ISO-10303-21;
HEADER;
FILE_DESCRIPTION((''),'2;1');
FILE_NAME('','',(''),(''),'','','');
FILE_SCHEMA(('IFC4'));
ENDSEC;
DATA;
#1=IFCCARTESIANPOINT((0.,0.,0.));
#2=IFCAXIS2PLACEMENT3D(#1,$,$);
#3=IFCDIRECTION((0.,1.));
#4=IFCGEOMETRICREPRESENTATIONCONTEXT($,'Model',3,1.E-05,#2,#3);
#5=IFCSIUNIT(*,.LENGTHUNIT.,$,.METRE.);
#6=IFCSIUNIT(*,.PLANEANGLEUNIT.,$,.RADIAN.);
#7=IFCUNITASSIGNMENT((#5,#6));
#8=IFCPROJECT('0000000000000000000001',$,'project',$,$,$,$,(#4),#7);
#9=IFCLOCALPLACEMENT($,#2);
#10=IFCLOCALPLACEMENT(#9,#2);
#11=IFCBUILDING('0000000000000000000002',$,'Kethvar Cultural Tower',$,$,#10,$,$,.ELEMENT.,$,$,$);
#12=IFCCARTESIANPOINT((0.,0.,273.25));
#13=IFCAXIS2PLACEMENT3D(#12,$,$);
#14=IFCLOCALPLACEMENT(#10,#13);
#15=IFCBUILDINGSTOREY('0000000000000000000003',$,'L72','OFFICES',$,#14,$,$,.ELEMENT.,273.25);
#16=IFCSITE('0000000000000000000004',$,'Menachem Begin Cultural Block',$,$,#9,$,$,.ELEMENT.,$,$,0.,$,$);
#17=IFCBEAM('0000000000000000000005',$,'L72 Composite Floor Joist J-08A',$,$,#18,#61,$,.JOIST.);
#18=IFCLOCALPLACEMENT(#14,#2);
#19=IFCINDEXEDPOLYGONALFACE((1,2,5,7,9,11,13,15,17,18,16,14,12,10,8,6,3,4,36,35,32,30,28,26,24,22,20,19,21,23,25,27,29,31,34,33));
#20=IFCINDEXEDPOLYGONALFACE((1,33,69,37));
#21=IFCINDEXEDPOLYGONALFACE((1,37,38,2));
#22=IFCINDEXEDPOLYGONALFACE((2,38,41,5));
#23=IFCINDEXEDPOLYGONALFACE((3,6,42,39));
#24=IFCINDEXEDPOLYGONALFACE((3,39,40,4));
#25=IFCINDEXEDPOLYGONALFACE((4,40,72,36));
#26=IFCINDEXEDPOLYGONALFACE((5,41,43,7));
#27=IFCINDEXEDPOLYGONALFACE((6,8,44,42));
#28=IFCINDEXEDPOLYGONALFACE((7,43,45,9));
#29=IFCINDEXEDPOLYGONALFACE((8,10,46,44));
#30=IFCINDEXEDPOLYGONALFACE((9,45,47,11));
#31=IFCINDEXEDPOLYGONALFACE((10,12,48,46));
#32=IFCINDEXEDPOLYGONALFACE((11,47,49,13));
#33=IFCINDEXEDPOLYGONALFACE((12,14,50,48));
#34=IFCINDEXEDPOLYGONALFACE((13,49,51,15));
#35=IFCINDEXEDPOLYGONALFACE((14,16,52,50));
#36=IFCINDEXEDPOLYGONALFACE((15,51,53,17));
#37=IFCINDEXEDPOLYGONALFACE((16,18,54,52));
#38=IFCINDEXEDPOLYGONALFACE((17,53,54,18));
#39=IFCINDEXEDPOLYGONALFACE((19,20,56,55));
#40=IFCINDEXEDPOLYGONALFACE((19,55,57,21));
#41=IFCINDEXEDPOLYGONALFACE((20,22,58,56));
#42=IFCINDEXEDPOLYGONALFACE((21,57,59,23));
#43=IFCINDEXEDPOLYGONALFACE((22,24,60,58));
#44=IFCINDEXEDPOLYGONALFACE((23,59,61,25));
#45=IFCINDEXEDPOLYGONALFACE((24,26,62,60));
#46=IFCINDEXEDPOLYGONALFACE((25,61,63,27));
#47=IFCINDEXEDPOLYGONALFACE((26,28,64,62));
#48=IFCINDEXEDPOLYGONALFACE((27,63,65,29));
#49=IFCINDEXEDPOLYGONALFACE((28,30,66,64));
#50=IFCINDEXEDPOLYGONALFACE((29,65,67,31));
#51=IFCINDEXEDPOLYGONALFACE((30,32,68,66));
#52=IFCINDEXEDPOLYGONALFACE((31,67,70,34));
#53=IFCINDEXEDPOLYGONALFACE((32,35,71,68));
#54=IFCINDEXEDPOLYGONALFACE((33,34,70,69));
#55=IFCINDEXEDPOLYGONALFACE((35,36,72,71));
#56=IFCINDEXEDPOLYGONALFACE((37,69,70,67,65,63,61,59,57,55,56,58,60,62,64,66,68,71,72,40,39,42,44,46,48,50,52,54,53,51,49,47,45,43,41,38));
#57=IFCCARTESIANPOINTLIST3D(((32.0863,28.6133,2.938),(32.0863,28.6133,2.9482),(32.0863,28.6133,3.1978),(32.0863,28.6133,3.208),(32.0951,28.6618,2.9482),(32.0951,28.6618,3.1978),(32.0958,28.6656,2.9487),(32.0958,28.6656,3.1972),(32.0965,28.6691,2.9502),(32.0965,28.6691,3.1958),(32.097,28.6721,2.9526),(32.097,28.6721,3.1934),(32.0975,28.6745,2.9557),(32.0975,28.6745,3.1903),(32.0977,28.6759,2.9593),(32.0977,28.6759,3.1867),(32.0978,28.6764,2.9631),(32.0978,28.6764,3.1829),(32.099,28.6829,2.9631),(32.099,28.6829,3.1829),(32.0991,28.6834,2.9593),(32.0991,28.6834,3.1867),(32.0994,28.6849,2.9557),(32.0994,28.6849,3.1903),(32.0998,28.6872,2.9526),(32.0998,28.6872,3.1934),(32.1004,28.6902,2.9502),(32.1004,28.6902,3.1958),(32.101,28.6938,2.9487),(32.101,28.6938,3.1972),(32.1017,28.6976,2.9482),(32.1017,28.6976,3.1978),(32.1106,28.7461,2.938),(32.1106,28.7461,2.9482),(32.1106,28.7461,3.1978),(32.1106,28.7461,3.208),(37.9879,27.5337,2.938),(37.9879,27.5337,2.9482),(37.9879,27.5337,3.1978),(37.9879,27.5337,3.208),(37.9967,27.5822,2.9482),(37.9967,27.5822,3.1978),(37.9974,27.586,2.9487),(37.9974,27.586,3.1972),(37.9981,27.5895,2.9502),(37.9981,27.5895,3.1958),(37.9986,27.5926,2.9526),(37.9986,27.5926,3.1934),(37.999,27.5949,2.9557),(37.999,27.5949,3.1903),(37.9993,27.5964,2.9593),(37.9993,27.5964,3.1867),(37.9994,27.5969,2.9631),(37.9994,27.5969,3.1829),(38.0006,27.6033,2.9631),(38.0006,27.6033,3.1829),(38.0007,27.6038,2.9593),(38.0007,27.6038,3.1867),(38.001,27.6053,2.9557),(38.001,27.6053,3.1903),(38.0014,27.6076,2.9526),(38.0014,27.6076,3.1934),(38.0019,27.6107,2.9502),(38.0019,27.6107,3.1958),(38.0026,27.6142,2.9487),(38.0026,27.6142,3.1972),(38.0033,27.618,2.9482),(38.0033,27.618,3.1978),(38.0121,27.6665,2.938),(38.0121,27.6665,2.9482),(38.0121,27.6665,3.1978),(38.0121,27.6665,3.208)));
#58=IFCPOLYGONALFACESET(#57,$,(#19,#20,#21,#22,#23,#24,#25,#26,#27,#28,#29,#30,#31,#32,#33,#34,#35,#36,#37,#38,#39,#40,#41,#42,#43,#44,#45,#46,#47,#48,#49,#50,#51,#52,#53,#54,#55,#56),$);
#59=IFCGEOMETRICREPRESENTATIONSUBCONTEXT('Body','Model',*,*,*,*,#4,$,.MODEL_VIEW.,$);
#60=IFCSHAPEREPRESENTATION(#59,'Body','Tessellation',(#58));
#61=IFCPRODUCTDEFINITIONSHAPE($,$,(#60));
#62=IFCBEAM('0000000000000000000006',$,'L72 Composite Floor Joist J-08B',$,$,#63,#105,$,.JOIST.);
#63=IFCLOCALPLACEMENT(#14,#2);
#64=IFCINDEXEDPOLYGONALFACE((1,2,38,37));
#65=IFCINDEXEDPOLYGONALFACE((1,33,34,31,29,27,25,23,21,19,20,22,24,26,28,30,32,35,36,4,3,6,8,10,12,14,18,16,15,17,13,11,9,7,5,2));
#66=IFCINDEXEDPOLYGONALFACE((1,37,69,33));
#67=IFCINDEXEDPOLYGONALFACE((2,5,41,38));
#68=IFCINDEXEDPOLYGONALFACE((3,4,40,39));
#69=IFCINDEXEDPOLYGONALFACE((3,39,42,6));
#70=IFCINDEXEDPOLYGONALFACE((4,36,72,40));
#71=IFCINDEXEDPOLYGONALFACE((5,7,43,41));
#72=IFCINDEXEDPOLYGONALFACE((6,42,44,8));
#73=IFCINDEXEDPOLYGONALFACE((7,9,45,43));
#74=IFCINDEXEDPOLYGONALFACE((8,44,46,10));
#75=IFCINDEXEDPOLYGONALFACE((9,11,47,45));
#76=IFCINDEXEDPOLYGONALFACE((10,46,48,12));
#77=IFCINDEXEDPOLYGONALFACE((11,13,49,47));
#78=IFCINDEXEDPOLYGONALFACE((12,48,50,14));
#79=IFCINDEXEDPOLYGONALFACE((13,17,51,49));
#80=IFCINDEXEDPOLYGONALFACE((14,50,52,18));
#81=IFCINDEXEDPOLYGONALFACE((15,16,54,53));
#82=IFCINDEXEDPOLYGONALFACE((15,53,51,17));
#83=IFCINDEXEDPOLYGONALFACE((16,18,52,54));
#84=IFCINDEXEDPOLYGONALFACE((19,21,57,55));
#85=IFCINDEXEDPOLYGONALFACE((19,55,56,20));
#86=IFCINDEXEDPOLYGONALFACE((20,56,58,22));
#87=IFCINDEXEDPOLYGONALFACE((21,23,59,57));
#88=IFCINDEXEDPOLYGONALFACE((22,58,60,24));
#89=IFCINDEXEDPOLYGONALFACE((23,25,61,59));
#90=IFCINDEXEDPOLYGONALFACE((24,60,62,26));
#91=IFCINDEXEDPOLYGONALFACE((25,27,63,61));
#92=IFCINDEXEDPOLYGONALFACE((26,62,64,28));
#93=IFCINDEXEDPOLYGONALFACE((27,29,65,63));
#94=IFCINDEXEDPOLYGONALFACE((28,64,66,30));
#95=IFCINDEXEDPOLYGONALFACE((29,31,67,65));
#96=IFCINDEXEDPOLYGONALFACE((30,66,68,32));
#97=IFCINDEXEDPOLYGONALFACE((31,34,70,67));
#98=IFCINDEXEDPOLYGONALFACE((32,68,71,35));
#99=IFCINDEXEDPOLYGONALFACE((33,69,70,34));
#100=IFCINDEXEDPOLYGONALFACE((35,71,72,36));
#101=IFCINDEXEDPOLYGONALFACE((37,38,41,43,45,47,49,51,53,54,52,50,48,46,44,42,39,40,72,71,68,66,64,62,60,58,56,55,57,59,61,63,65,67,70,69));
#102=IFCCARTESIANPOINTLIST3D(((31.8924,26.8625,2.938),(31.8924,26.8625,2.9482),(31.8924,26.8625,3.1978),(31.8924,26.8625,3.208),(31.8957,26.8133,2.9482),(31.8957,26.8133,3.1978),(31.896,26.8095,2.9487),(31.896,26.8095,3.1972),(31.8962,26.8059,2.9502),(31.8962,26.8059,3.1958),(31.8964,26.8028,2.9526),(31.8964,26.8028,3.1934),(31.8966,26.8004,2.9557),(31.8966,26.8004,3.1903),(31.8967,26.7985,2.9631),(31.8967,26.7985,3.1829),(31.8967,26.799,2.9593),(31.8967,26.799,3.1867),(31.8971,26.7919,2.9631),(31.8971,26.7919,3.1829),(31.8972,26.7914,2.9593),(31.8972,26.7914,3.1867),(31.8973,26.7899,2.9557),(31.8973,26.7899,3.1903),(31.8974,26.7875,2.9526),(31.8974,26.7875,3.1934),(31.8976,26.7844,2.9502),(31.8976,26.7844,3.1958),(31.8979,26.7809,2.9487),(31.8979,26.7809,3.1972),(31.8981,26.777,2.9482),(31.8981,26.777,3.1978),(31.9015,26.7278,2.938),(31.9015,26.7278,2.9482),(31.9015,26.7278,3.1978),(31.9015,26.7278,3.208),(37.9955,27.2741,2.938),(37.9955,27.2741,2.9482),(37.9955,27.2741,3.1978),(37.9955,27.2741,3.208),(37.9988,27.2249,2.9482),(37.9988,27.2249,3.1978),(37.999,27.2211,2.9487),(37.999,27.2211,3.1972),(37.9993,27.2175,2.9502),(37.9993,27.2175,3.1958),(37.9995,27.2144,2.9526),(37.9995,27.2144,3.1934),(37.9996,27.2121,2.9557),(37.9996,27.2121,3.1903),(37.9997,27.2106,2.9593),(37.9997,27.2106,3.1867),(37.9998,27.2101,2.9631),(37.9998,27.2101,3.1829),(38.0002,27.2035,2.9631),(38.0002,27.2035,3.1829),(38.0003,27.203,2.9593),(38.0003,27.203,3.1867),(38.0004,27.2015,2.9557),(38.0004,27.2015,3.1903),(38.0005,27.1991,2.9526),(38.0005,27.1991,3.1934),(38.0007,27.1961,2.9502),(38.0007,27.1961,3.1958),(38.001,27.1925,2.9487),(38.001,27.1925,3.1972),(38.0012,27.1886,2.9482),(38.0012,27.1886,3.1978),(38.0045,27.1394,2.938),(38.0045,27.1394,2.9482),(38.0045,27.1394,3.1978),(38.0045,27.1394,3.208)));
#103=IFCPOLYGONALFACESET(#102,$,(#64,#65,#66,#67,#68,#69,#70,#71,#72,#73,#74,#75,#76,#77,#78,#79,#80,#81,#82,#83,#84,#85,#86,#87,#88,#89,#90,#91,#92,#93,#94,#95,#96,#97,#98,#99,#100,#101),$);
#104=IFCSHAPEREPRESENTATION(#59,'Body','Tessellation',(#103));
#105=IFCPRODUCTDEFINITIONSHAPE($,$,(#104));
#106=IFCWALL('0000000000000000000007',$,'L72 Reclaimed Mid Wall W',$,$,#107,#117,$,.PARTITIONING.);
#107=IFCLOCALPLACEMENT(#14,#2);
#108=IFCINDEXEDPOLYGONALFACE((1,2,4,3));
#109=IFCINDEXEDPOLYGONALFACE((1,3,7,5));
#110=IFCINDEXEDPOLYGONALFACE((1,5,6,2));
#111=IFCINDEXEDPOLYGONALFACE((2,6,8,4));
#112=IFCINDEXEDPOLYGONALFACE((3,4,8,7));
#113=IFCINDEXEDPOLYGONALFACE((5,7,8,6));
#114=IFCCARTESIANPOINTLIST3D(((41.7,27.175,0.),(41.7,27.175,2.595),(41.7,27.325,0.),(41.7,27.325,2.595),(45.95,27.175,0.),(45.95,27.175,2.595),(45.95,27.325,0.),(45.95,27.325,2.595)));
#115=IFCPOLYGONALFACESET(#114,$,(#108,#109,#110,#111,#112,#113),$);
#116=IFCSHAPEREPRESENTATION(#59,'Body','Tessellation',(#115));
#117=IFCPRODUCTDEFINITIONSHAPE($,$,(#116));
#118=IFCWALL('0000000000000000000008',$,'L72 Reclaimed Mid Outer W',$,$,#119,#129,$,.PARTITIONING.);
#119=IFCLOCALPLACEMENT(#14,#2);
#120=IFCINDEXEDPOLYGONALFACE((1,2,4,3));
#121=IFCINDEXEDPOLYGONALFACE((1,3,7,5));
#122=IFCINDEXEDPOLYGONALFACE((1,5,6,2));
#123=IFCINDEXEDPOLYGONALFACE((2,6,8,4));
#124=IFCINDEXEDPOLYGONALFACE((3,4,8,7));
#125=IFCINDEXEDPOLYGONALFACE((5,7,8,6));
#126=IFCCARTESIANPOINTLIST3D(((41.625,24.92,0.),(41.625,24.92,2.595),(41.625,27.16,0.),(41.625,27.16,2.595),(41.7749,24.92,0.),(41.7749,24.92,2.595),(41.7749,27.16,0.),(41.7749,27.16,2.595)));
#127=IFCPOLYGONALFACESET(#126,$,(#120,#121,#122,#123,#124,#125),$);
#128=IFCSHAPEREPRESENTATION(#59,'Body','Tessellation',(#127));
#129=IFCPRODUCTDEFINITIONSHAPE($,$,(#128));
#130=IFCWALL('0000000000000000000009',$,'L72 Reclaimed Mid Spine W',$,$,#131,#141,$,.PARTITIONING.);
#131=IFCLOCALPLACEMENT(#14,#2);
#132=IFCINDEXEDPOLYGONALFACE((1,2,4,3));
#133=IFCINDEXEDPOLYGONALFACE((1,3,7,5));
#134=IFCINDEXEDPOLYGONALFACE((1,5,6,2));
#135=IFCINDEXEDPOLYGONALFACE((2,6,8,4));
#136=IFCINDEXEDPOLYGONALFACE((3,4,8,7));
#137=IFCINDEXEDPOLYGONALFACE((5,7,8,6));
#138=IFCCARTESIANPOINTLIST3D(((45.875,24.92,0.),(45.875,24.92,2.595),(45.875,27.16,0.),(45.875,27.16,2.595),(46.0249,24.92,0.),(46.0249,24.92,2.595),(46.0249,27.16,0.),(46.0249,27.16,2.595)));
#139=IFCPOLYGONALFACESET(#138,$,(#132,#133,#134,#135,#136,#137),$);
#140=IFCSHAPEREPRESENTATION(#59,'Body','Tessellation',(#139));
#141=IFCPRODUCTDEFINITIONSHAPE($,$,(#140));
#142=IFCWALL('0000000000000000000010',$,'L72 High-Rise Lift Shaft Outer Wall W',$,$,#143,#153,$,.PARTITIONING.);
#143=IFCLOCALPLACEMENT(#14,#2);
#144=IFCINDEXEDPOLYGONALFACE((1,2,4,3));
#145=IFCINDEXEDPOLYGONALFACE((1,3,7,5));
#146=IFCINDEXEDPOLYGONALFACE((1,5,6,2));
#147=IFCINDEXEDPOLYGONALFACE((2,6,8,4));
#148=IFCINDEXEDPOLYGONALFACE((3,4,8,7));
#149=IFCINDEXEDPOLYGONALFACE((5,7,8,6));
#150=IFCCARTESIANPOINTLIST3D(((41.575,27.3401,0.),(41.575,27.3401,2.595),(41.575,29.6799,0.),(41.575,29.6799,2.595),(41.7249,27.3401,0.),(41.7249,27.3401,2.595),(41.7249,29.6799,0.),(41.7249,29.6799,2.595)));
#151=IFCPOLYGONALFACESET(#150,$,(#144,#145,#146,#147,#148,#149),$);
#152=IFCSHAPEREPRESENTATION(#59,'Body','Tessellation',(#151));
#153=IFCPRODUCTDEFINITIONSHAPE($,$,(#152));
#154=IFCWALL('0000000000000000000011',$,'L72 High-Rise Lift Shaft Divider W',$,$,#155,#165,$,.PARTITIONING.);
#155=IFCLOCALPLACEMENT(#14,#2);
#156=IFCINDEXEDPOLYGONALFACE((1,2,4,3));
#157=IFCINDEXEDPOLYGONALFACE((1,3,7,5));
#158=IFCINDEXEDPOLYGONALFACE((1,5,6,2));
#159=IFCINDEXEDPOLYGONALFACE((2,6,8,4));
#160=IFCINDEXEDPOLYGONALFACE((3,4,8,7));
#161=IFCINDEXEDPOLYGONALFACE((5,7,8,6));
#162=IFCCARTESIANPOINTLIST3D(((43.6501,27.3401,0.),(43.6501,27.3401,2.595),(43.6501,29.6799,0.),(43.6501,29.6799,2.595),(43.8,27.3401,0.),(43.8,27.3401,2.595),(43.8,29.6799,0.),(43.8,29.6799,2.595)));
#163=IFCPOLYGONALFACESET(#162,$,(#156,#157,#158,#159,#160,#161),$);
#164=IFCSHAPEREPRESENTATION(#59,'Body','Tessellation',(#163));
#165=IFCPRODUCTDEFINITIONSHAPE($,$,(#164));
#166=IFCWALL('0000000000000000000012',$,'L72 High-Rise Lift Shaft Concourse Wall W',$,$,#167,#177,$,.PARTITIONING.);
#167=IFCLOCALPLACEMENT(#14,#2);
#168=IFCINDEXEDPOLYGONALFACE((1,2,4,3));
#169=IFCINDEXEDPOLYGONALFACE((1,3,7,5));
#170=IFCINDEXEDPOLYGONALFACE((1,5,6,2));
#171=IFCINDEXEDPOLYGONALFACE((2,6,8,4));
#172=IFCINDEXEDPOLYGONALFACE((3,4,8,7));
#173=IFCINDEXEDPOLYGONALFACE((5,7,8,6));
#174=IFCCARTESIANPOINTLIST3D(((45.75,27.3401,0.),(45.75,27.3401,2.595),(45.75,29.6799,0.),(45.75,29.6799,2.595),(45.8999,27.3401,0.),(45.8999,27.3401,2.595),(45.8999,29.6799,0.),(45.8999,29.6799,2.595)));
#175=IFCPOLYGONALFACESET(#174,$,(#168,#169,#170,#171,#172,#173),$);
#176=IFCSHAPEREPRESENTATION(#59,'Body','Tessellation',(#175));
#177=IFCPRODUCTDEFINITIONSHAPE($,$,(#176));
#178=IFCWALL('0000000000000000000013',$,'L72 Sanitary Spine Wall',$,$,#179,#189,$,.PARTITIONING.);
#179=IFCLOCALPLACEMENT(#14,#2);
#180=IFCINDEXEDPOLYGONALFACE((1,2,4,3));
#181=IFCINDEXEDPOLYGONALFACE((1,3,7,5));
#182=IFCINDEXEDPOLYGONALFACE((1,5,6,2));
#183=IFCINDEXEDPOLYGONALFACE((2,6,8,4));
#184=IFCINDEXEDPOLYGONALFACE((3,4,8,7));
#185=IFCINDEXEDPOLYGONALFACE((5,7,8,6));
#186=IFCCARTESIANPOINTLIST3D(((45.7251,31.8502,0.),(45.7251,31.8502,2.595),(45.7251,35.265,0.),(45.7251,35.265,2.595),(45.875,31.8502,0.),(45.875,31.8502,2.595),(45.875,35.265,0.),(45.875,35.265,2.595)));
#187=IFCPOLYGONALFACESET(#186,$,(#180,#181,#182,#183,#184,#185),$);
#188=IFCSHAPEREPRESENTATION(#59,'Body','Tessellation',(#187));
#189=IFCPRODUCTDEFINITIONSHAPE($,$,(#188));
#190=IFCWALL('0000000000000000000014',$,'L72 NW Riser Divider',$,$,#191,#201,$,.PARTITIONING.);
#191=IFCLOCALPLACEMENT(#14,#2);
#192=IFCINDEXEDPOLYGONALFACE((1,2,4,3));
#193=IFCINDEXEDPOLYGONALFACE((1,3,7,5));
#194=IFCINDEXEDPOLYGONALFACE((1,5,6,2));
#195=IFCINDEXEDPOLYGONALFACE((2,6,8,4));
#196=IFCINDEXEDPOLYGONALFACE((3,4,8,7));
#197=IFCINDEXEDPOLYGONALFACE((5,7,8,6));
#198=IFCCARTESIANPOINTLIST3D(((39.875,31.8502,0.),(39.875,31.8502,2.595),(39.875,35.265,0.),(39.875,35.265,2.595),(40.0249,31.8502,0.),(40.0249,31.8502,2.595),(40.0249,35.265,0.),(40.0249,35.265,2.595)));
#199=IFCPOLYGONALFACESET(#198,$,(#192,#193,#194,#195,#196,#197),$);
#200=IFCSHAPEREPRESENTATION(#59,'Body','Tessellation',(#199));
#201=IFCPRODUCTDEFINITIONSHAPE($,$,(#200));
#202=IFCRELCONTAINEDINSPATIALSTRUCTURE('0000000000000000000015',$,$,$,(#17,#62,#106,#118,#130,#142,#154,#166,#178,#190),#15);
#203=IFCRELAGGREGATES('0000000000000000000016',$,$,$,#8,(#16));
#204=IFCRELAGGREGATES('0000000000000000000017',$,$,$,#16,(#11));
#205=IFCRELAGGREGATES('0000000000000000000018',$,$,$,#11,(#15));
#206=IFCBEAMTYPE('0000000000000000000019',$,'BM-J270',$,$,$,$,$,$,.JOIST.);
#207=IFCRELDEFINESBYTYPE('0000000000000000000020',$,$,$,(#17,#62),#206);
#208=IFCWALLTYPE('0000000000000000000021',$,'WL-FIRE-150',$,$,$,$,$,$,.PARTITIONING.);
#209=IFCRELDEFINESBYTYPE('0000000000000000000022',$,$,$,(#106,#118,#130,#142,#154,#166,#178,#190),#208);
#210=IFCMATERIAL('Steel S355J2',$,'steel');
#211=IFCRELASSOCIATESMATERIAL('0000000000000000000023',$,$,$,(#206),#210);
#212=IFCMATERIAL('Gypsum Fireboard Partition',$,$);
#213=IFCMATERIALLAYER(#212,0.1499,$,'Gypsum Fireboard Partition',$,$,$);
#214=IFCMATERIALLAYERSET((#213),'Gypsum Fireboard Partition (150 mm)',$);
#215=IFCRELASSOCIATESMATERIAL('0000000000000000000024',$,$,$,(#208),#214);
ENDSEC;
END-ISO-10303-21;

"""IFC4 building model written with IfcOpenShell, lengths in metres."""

from ifc_helpers import new_model, si_unit, direction, frame, frame_2d, origin, origin_2d, place, context, subcontext, project, spatial, rectangle, i_section, extrude, source, transform, mapped, material, layer, layer_set, material_profile, profile_set, type_object, element, save


model = new_model("IFC4")

# Units and contexts
model_context = context("Model", 3, precision=1e-05, world=origin(), true_north=direction((0.0, 1.0)))
body_context = subcontext(model_context, "Body", "Model", "MODEL_VIEW")
ifc_project = project(units=[si_unit("LENGTHUNIT", "METRE"), si_unit("PLANEANGLEUNIT", "RADIAN")], contexts=[model_context])

# Site, building, storey
site_placement = place(None, origin())
site = spatial("IfcSite", under=ifc_project, at=site_placement, Name="Menachem Begin Cultural Block", CompositionType="ELEMENT", RefElevation=0.0)
building_placement = place(site_placement, origin())
building = spatial("IfcBuilding", under=site, at=building_placement, Name="Kethvar Cultural Tower", CompositionType="ELEMENT")
storey_placement = place(building_placement, frame((0.0, 0.0, 273.25)))
storey = spatial("IfcBuildingStorey", under=building, at=storey_placement, Name="L72", Description="OFFICES", CompositionType="ELEMENT", Elevation=273.25)

# Beams
ifc_material_1 = material(Name="Steel S355J2", Category="steel")
ifc_material_profile_1 = material_profile(ifc_material_1, i_section(OverallWidth=0.135, OverallDepth=0.27, WebThickness=0.0066, FlangeThickness=0.0103, FilletRadius=0.0149, at=origin_2d()), Name="Steel S355J2 — IPE270")
ifc_profile_set_1 = profile_set([ifc_material_profile_1], Name="Steel S355J2 — IPE270")
beam_type_1 = type_object("IfcBeamType", Name="BM-J270", PredefinedType="JOIST", material=ifc_profile_set_1)
shared_shape_1 = source(origin(), body_context, "Body", "SweptSolid", [
    extrude(i_section(OverallWidth=0.135, OverallDepth=0.27, WebThickness=0.0066, FlangeThickness=0.0103, FilletRadius=0.0149, at=origin_2d()), origin(), (0.0, 0.0, 1.0), 5.9995),
])
beam_1_placement = place(storey_placement, frame((38.0, 27.6001, 3.073), z_axis=(-0.983677, 0.179945, 0.0), x_axis=(-0.179945, -0.983677, 0.0)))
element("IfcBeam", 1, at=beam_1_placement, inside=storey, type_object=beam_type_1, Name="L72 Composite Floor Joist J-08A", PredefinedType="JOIST", context=body_context, shape_type="MappedRepresentation", body=[
    mapped(shared_shape_1, transform((0.0, 0.0, 0.0), scale=1.0)),
])
shared_shape_2 = source(origin(), body_context, "Body", "SweptSolid", [
    extrude(i_section(OverallWidth=0.135, OverallDepth=0.27, WebThickness=0.0066, FlangeThickness=0.0103, FilletRadius=0.0149, at=origin_2d()), origin(), (0.0, 0.0, 1.0), 6.1169),
])
beam_2_placement = place(storey_placement, frame((38.0, 27.2068, 3.073), z_axis=(-0.997733, -0.067293, 0.0), x_axis=(0.067293, -0.997733, 0.0)))
element("IfcBeam", 2, at=beam_2_placement, inside=storey, type_object=beam_type_1, Name="L72 Composite Floor Joist J-08B", PredefinedType="JOIST", context=body_context, shape_type="MappedRepresentation", body=[
    mapped(shared_shape_2, transform((0.0, 0.0, 0.0), scale=1.0)),
])

# Walls
ifc_material_2 = material(Name="Gypsum Fireboard Partition")
ifc_layer_1 = layer(ifc_material_2, 0.1499, Name="Gypsum Fireboard Partition")
ifc_layer_set_1 = layer_set([ifc_layer_1], Name="Gypsum Fireboard Partition (150 mm)")
wall_type_1 = type_object("IfcWallType", Name="WL-FIRE-150", PredefinedType="PARTITIONING", material=ifc_layer_set_1)
wall_1_placement = place(storey_placement, frame((41.7, 27.25, 0.0), z_axis=(0.0, 0.0, 1.0), x_axis=(1.0, 0.0, 0.0)))
element("IfcWall", 3, at=wall_1_placement, inside=storey, type_object=wall_type_1, Name="L72 Reclaimed Mid Wall W", PredefinedType="PARTITIONING", context=body_context, shape_type="SweptSolid", body=[
    extrude(rectangle(XDim=4.25, YDim=0.1499, at=frame_2d((2.125, 0.0))), origin(), (0.0, 0.0, 1.0), 2.595),
])
for number, where, z_axis, x_axis, name in (
    (4, (41.7, 24.9199, 0.0), (0.0, 0.0, 1.0), (0.0, 1.0, 0.0), "L72 Reclaimed Mid Outer W"),
    (5, (45.95, 24.9199, 0.0), (0.0, 0.0, 1.0), (0.0, 1.0, 0.0), "L72 Reclaimed Mid Spine W"),
):
    element("IfcWall", number, at=place(storey_placement, frame(where, z_axis=z_axis, x_axis=x_axis)), inside=storey, type_object=wall_type_1, Name=name, PredefinedType="PARTITIONING", context=body_context, shape_type="SweptSolid", body=[
        extrude(rectangle(XDim=2.24, YDim=0.1499, at=frame_2d((1.1201, 0.0))), origin(), (0.0, 0.0, 1.0), 2.595),
    ])

# Walls
for number, where, z_axis, x_axis, name in (
    (6, (41.6499, 27.3401, 0.0), (0.0, 0.0, 1.0), (0.0, 1.0, 0.0), "L72 High-Rise Lift Shaft Outer Wall W"),
    (7, (43.7251, 27.3401, 0.0), (0.0, 0.0, 1.0), (0.0, 1.0, 0.0), "L72 High-Rise Lift Shaft Divider W"),
    (8, (45.825, 27.3401, 0.0), (0.0, 0.0, 1.0), (0.0, 1.0, 0.0), "L72 High-Rise Lift Shaft Concourse Wall W"),
):
    element("IfcWall", number, at=place(storey_placement, frame(where, z_axis=z_axis, x_axis=x_axis)), inside=storey, type_object=wall_type_1, Name=name, PredefinedType="PARTITIONING", context=body_context, shape_type="SweptSolid", body=[
        extrude(rectangle(XDim=2.3398, YDim=0.1499, at=frame_2d((1.1699, 0.0))), origin(), (0.0, 0.0, 1.0), 2.595),
    ])
for number, where, z_axis, x_axis, name in (
    (9, (45.8, 31.8501, 0.0), (0.0, 0.0, 1.0), (0.0, 1.0, 0.0), "L72 Sanitary Spine Wall"),
    (10, (39.95, 31.8501, 0.0), (0.0, 0.0, 1.0), (0.0, 1.0, 0.0), "L72 NW Riser Divider"),
):
    element("IfcWall", number, at=place(storey_placement, frame(where, z_axis=z_axis, x_axis=x_axis)), inside=storey, type_object=wall_type_1, Name=name, PredefinedType="PARTITIONING", context=body_context, shape_type="SweptSolid", body=[
        extrude(rectangle(XDim=3.4148, YDim=0.1499, at=frame_2d((1.7075, 0.0))), origin(), (0.0, 0.0, 1.0), 2.595),
    ])

save(model, "model.ifc")
